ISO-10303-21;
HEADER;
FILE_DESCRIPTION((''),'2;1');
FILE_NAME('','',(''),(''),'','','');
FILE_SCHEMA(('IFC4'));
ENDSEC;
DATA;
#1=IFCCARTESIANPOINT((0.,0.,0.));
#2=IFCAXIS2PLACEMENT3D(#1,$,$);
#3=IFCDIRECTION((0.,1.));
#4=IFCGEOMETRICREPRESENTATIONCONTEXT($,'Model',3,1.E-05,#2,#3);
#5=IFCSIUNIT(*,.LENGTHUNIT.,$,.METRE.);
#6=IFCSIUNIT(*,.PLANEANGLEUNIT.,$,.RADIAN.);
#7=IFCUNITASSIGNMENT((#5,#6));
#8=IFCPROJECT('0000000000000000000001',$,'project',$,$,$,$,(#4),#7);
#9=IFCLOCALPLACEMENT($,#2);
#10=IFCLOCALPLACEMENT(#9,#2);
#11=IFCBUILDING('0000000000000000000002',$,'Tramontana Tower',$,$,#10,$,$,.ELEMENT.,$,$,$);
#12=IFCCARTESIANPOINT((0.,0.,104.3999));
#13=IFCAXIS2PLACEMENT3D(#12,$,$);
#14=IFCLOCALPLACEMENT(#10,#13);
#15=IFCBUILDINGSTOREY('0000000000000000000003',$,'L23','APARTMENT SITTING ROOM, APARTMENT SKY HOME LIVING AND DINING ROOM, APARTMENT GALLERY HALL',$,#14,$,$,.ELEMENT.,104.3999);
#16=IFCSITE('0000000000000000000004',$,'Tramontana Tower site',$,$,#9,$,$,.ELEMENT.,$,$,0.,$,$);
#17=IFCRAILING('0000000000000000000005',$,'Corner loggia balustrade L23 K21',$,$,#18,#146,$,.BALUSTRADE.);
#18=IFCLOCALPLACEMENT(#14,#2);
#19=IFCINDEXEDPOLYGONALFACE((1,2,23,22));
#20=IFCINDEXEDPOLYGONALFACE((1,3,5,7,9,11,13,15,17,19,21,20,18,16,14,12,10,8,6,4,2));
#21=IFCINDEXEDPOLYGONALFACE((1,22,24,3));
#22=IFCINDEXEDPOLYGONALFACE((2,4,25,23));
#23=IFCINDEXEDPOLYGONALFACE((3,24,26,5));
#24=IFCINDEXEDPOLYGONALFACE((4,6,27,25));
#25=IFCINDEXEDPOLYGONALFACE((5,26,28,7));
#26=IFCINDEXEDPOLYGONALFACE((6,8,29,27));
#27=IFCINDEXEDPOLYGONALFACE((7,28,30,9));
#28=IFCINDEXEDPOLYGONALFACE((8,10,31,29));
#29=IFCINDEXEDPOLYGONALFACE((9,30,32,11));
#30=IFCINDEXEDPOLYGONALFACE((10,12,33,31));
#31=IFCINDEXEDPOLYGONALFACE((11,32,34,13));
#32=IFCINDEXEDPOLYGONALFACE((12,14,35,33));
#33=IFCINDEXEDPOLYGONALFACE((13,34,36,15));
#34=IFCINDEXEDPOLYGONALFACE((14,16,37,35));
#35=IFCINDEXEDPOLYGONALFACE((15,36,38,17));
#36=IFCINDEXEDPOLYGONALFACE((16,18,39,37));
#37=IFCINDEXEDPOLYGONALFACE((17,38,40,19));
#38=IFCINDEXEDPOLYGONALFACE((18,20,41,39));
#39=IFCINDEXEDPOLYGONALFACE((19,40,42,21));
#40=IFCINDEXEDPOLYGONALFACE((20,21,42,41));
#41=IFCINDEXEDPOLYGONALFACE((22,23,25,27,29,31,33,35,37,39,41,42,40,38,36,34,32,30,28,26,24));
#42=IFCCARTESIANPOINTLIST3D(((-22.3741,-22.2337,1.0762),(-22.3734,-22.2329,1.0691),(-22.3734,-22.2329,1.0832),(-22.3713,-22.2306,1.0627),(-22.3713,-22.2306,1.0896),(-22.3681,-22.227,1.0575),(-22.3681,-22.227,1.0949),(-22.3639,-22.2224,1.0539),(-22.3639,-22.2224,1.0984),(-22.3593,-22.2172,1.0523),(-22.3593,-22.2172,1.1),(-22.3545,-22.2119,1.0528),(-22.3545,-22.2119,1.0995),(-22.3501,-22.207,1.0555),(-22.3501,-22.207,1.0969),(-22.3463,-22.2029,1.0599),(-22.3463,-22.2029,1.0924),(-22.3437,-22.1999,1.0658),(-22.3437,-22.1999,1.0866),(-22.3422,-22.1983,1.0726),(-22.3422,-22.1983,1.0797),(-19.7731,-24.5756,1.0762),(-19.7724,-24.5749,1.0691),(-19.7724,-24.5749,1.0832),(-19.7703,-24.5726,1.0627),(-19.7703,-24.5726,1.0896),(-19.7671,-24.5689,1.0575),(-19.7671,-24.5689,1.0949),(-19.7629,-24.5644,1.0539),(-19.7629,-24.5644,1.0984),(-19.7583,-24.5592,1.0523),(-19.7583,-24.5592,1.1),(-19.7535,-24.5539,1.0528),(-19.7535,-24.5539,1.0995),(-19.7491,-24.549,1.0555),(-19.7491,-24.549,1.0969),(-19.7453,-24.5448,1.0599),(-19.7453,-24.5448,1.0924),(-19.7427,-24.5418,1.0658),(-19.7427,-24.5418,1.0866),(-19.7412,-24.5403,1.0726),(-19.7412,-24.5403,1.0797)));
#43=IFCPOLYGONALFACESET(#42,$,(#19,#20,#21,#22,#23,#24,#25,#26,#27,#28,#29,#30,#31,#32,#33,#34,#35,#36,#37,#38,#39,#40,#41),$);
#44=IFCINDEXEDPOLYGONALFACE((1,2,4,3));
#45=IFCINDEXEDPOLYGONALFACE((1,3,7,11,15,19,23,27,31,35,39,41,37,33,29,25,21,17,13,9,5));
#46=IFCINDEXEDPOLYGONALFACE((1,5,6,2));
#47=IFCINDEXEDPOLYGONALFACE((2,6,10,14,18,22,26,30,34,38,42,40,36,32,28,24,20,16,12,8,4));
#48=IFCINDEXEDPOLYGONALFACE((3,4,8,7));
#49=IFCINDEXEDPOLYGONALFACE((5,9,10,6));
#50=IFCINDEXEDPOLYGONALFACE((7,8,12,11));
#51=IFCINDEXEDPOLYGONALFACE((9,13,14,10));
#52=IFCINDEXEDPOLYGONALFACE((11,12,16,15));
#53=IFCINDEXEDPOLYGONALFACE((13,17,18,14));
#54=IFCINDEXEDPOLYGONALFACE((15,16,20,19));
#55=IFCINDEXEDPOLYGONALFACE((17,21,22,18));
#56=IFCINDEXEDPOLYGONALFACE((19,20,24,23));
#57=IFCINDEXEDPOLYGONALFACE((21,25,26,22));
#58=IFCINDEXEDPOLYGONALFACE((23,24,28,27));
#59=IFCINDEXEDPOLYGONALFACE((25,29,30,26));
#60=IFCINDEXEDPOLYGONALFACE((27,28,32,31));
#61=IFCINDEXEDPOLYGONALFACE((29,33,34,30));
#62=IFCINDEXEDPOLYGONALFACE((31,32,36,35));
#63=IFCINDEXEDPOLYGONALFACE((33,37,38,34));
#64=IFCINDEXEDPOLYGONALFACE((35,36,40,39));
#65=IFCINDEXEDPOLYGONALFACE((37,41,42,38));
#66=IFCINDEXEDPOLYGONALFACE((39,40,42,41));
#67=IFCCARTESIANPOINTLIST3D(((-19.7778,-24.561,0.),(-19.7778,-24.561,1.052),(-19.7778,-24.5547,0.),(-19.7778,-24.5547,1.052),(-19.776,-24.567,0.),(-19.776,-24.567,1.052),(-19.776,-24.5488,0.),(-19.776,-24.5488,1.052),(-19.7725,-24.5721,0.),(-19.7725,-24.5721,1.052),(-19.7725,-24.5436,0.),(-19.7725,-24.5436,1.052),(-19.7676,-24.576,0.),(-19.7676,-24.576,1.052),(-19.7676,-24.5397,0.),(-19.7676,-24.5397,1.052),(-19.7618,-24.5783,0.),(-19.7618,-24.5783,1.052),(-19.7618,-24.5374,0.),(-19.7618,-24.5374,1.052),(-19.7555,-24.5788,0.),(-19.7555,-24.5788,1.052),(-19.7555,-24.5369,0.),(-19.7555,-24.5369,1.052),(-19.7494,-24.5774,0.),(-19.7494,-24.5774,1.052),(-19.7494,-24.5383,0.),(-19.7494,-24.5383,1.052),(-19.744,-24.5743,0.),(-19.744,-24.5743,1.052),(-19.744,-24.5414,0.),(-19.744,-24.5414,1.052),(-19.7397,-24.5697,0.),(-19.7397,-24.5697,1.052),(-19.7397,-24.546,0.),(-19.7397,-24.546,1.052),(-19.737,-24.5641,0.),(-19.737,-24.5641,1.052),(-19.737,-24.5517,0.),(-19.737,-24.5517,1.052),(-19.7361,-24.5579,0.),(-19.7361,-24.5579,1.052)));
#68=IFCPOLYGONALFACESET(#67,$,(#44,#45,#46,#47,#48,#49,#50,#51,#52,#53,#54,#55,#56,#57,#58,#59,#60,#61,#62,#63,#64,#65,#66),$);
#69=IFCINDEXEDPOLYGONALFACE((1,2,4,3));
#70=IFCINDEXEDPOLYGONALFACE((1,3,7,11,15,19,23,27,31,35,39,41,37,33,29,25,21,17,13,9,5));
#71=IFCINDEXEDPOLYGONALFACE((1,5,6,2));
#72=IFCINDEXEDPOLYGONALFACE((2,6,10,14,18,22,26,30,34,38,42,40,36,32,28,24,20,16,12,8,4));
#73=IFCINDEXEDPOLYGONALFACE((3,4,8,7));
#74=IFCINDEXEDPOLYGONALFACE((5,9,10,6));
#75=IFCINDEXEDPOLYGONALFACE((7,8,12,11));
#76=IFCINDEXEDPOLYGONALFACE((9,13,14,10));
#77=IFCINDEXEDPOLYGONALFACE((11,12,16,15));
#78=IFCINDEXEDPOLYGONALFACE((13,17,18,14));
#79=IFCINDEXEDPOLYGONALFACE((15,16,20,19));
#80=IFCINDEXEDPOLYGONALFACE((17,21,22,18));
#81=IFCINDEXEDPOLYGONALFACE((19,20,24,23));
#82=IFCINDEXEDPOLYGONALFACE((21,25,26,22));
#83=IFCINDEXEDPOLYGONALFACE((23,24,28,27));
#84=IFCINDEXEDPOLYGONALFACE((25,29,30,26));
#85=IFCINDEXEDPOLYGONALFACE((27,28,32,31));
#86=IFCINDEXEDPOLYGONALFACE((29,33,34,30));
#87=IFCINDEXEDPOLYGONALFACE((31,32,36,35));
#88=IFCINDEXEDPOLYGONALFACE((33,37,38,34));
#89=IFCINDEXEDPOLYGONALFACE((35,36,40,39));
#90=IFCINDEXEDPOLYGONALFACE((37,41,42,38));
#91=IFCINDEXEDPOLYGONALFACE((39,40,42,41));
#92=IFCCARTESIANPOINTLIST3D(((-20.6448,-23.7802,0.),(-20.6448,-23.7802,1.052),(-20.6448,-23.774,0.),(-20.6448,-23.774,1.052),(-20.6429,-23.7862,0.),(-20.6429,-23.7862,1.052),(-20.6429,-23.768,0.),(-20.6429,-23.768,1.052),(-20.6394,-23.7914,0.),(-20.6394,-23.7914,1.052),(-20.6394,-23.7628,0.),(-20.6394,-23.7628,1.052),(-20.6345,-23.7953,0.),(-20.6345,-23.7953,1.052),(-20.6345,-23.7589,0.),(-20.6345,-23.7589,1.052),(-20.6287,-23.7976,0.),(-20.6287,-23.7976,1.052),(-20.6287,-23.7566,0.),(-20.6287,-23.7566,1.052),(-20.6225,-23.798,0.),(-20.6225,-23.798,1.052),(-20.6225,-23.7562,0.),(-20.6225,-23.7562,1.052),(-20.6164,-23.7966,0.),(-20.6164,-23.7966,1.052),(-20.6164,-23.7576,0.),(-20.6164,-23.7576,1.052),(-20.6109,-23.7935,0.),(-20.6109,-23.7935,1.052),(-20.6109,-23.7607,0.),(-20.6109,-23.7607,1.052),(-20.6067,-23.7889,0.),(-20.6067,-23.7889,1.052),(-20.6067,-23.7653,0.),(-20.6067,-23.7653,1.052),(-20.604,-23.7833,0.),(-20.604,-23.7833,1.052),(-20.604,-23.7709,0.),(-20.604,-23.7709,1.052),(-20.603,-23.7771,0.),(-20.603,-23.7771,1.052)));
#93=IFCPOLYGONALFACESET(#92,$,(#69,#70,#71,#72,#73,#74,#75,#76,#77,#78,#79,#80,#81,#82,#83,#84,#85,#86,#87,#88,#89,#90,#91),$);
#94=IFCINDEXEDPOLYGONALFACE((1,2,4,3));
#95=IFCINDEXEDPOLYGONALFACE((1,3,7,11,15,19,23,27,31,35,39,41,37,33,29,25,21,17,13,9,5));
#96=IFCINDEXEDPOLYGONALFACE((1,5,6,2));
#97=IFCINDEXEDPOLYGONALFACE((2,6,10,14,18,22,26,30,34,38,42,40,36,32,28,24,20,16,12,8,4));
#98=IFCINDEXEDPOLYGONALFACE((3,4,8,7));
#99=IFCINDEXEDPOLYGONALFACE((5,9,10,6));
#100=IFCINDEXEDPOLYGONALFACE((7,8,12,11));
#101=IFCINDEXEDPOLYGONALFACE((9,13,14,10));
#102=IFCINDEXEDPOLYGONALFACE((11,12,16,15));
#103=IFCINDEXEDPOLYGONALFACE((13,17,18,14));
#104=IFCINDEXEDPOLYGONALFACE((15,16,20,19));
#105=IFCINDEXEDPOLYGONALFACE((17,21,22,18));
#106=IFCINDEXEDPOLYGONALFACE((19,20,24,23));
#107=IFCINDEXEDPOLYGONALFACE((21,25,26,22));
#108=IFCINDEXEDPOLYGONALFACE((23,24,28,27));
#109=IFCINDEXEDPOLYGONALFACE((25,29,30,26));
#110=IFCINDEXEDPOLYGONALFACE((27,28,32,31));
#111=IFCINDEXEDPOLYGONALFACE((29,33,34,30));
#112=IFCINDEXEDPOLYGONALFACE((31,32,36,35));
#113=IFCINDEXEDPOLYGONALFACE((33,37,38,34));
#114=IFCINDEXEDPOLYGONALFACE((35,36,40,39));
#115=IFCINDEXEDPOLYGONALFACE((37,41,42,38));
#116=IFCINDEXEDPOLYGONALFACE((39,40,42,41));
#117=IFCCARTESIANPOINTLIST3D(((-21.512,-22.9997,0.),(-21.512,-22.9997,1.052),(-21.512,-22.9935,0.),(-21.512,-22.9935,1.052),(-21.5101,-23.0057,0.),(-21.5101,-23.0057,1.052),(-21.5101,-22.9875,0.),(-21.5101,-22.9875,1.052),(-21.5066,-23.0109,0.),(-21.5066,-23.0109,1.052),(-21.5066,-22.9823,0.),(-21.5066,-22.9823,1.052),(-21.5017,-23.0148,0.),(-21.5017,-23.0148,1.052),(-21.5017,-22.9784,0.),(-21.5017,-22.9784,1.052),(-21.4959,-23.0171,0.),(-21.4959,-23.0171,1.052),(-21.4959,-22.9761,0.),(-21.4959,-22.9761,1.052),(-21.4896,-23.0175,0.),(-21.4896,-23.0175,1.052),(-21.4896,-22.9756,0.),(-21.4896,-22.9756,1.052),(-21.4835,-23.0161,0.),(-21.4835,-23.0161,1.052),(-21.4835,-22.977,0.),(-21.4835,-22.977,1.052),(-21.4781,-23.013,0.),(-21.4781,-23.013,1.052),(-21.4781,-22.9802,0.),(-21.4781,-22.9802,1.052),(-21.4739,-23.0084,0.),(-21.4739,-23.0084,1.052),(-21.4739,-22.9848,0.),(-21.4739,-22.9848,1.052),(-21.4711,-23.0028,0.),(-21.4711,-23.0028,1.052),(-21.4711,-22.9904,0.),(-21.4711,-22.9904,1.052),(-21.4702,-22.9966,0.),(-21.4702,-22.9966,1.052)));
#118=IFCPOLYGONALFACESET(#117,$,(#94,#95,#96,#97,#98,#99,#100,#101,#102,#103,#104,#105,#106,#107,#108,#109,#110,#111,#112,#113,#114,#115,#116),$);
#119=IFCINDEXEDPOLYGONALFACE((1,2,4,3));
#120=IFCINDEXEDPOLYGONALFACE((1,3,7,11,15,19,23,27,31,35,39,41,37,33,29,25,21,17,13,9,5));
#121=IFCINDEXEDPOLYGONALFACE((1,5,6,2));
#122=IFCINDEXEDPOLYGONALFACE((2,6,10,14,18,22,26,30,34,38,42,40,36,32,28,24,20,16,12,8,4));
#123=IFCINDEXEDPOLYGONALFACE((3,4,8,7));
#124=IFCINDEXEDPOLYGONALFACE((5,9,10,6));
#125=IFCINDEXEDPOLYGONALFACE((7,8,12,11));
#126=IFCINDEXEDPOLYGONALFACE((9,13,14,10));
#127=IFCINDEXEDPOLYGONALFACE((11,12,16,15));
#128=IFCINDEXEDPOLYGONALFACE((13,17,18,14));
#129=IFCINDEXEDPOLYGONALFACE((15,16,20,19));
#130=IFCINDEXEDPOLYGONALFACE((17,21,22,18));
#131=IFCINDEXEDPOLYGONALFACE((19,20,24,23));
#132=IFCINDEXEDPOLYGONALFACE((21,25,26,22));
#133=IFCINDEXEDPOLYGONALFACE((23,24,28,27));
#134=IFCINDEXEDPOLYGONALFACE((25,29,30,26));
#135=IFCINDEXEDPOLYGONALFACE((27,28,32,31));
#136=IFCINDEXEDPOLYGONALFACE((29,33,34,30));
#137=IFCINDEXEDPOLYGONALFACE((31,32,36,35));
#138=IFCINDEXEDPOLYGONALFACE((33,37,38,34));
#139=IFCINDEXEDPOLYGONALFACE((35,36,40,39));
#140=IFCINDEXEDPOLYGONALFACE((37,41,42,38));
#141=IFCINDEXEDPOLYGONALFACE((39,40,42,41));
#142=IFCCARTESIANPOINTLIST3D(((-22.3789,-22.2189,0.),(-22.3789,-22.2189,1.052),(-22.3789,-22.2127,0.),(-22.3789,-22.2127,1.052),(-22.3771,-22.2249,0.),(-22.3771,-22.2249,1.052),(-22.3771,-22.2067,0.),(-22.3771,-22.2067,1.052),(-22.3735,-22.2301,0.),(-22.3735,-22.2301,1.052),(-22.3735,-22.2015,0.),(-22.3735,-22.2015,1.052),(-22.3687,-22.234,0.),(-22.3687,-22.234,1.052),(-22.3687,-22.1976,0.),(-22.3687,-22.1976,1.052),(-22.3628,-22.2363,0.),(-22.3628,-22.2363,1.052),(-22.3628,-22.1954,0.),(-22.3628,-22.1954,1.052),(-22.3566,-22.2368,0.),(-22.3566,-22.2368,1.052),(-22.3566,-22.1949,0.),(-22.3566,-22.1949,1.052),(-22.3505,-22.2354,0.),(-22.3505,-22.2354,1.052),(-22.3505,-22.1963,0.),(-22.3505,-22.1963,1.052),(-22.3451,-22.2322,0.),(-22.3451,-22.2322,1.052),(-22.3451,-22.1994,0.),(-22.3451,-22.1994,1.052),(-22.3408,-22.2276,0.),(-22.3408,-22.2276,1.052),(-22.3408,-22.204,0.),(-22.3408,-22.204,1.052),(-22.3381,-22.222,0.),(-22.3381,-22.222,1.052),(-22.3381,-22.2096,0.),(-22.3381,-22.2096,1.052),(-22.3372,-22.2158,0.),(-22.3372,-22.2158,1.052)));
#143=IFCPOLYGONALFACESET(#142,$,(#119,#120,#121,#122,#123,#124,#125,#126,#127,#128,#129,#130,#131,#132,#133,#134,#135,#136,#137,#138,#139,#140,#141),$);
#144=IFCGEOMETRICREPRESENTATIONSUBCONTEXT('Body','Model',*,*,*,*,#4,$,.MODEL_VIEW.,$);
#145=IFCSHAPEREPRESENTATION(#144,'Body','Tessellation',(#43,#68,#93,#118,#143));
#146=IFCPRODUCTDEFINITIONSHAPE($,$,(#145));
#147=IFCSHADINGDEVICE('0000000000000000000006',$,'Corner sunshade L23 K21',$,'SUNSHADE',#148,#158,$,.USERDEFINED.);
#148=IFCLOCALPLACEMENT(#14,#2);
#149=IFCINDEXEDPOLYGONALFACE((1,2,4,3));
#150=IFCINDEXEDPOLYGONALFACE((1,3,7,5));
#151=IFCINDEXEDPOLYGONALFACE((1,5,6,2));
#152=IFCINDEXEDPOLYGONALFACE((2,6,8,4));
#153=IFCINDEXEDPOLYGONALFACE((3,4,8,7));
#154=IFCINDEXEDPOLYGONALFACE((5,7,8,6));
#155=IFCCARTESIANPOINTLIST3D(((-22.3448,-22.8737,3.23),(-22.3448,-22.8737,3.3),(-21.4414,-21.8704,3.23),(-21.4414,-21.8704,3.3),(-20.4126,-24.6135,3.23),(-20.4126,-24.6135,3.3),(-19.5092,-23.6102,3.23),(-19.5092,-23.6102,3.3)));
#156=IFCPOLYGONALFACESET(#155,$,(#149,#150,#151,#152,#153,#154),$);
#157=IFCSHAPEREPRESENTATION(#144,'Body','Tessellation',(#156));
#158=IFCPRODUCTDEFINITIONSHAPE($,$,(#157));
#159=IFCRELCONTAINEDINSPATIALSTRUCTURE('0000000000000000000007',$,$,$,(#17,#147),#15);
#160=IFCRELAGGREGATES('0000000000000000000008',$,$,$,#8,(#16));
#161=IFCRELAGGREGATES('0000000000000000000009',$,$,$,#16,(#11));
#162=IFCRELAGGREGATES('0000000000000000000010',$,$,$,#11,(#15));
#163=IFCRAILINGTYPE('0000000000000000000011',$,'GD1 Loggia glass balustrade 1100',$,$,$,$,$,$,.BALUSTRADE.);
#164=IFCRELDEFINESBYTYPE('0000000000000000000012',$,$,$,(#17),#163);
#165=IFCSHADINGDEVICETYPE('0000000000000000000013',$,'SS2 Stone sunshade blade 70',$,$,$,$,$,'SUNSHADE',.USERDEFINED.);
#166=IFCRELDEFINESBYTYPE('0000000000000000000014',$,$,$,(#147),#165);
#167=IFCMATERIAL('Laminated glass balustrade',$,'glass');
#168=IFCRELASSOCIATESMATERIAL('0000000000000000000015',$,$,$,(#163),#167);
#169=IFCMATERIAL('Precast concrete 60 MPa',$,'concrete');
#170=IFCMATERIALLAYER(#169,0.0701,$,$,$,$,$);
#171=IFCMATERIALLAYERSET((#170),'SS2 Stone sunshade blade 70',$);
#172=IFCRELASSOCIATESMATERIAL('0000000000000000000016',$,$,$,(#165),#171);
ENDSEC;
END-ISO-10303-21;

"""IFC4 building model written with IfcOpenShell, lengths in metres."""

from ifc_helpers import new_model, si_unit, direction, frame, origin, origin_2d, place, context, subcontext, project, spatial, rectangle, circle, extrude, material, layer, layer_set, type_object, element, save


model = new_model("IFC4")

# Units and contexts
model_context = context("Model", 3, precision=1e-05, world=origin(), true_north=direction((0.0, 1.0)))
body_context = subcontext(model_context, "Body", "Model", "MODEL_VIEW")
ifc_project = project(units=[si_unit("LENGTHUNIT", "METRE"), si_unit("PLANEANGLEUNIT", "RADIAN")], contexts=[model_context])

# Site, building, storey
site_placement = place(None, origin())
site = spatial("IfcSite", under=ifc_project, at=site_placement, Name="Tramontana Tower site", CompositionType="ELEMENT", RefElevation=0.0)
building_placement = place(site_placement, origin())
building = spatial("IfcBuilding", under=site, at=building_placement, Name="Tramontana Tower", CompositionType="ELEMENT")
storey_placement = place(building_placement, frame((0.0, 0.0, 104.3999)))
storey = spatial("IfcBuildingStorey", under=building, at=storey_placement, Name="L23", Description="APARTMENT SITTING ROOM, APARTMENT SKY HOME LIVING AND DINING ROOM, APARTMENT GALLERY HALL", CompositionType="ELEMENT", Elevation=104.3999)

# Railing
ifc_material_1 = material(Name="Laminated glass balustrade", Category="glass")
railing_type = type_object("IfcRailingType", Name="GD1 Loggia glass balustrade 1100", PredefinedType="BALUSTRADE", material=ifc_material_1)
railing_1_placement = place(storey_placement, frame((-19.7571, -24.5579, 0.0)))
element("IfcRailing", 1, at=railing_1_placement, inside=storey, type_object=railing_type, Name="Corner loggia balustrade L23 K21", PredefinedType="BALUSTRADE", context=body_context, shape_type="SweptSolid", body=[
    extrude(circle(Radius=0.0239, at=origin_2d()), frame((0.0, 0.0, 1.0762), z_axis=(-0.743142, 0.669134, 0.0), x_axis=(-0.669134, -0.743142, 0.0)), (0.0, 0.0, 1.0), 3.5),
    extrude(circle(Radius=0.021, at=origin_2d()), origin(), (0.0, 0.0, 1.0), 1.052),
    extrude(circle(Radius=0.021, at=origin_2d()), frame((-0.8669, 0.7808, 0.0)), (0.0, 0.0, 1.0), 1.052),
    extrude(circle(Radius=0.021, at=origin_2d()), frame((-1.7341, 1.5613, 0.0)), (0.0, 0.0, 1.0), 1.052),
    extrude(circle(Radius=0.021, at=origin_2d()), frame((-2.6011, 2.342, 0.0)), (0.0, 0.0, 1.0), 1.052),
])

# Shading device
ifc_material_2 = material(Name="Precast concrete 60 MPa", Category="concrete")
ifc_layer_1 = layer(ifc_material_2, 0.0701)
ifc_layer_set_1 = layer_set([ifc_layer_1], Name="SS2 Stone sunshade blade 70")
shading_device_type = type_object("IfcShadingDeviceType", Name="SS2 Stone sunshade blade 70", ElementType="SUNSHADE", PredefinedType="USERDEFINED", material=ifc_layer_set_1)
shading_device_placement = place(storey_placement, frame((-20.927, -23.2419, 3.23), z_axis=(0.0, 0.0, 1.0), x_axis=(-0.743145, 0.669131, 0.0)))
element("IfcShadingDevice", 2, at=shading_device_placement, inside=storey, type_object=shading_device_type, Name="Corner sunshade L23 K21", ObjectType="SUNSHADE", PredefinedType="USERDEFINED", context=body_context, shape_type="SweptSolid", body=[
    extrude(rectangle(XDim=2.6001, YDim=1.3501, at=origin_2d()), origin(), (0.0, 0.0, 1.0), 0.0701),
])

save(model, "model.ifc")
